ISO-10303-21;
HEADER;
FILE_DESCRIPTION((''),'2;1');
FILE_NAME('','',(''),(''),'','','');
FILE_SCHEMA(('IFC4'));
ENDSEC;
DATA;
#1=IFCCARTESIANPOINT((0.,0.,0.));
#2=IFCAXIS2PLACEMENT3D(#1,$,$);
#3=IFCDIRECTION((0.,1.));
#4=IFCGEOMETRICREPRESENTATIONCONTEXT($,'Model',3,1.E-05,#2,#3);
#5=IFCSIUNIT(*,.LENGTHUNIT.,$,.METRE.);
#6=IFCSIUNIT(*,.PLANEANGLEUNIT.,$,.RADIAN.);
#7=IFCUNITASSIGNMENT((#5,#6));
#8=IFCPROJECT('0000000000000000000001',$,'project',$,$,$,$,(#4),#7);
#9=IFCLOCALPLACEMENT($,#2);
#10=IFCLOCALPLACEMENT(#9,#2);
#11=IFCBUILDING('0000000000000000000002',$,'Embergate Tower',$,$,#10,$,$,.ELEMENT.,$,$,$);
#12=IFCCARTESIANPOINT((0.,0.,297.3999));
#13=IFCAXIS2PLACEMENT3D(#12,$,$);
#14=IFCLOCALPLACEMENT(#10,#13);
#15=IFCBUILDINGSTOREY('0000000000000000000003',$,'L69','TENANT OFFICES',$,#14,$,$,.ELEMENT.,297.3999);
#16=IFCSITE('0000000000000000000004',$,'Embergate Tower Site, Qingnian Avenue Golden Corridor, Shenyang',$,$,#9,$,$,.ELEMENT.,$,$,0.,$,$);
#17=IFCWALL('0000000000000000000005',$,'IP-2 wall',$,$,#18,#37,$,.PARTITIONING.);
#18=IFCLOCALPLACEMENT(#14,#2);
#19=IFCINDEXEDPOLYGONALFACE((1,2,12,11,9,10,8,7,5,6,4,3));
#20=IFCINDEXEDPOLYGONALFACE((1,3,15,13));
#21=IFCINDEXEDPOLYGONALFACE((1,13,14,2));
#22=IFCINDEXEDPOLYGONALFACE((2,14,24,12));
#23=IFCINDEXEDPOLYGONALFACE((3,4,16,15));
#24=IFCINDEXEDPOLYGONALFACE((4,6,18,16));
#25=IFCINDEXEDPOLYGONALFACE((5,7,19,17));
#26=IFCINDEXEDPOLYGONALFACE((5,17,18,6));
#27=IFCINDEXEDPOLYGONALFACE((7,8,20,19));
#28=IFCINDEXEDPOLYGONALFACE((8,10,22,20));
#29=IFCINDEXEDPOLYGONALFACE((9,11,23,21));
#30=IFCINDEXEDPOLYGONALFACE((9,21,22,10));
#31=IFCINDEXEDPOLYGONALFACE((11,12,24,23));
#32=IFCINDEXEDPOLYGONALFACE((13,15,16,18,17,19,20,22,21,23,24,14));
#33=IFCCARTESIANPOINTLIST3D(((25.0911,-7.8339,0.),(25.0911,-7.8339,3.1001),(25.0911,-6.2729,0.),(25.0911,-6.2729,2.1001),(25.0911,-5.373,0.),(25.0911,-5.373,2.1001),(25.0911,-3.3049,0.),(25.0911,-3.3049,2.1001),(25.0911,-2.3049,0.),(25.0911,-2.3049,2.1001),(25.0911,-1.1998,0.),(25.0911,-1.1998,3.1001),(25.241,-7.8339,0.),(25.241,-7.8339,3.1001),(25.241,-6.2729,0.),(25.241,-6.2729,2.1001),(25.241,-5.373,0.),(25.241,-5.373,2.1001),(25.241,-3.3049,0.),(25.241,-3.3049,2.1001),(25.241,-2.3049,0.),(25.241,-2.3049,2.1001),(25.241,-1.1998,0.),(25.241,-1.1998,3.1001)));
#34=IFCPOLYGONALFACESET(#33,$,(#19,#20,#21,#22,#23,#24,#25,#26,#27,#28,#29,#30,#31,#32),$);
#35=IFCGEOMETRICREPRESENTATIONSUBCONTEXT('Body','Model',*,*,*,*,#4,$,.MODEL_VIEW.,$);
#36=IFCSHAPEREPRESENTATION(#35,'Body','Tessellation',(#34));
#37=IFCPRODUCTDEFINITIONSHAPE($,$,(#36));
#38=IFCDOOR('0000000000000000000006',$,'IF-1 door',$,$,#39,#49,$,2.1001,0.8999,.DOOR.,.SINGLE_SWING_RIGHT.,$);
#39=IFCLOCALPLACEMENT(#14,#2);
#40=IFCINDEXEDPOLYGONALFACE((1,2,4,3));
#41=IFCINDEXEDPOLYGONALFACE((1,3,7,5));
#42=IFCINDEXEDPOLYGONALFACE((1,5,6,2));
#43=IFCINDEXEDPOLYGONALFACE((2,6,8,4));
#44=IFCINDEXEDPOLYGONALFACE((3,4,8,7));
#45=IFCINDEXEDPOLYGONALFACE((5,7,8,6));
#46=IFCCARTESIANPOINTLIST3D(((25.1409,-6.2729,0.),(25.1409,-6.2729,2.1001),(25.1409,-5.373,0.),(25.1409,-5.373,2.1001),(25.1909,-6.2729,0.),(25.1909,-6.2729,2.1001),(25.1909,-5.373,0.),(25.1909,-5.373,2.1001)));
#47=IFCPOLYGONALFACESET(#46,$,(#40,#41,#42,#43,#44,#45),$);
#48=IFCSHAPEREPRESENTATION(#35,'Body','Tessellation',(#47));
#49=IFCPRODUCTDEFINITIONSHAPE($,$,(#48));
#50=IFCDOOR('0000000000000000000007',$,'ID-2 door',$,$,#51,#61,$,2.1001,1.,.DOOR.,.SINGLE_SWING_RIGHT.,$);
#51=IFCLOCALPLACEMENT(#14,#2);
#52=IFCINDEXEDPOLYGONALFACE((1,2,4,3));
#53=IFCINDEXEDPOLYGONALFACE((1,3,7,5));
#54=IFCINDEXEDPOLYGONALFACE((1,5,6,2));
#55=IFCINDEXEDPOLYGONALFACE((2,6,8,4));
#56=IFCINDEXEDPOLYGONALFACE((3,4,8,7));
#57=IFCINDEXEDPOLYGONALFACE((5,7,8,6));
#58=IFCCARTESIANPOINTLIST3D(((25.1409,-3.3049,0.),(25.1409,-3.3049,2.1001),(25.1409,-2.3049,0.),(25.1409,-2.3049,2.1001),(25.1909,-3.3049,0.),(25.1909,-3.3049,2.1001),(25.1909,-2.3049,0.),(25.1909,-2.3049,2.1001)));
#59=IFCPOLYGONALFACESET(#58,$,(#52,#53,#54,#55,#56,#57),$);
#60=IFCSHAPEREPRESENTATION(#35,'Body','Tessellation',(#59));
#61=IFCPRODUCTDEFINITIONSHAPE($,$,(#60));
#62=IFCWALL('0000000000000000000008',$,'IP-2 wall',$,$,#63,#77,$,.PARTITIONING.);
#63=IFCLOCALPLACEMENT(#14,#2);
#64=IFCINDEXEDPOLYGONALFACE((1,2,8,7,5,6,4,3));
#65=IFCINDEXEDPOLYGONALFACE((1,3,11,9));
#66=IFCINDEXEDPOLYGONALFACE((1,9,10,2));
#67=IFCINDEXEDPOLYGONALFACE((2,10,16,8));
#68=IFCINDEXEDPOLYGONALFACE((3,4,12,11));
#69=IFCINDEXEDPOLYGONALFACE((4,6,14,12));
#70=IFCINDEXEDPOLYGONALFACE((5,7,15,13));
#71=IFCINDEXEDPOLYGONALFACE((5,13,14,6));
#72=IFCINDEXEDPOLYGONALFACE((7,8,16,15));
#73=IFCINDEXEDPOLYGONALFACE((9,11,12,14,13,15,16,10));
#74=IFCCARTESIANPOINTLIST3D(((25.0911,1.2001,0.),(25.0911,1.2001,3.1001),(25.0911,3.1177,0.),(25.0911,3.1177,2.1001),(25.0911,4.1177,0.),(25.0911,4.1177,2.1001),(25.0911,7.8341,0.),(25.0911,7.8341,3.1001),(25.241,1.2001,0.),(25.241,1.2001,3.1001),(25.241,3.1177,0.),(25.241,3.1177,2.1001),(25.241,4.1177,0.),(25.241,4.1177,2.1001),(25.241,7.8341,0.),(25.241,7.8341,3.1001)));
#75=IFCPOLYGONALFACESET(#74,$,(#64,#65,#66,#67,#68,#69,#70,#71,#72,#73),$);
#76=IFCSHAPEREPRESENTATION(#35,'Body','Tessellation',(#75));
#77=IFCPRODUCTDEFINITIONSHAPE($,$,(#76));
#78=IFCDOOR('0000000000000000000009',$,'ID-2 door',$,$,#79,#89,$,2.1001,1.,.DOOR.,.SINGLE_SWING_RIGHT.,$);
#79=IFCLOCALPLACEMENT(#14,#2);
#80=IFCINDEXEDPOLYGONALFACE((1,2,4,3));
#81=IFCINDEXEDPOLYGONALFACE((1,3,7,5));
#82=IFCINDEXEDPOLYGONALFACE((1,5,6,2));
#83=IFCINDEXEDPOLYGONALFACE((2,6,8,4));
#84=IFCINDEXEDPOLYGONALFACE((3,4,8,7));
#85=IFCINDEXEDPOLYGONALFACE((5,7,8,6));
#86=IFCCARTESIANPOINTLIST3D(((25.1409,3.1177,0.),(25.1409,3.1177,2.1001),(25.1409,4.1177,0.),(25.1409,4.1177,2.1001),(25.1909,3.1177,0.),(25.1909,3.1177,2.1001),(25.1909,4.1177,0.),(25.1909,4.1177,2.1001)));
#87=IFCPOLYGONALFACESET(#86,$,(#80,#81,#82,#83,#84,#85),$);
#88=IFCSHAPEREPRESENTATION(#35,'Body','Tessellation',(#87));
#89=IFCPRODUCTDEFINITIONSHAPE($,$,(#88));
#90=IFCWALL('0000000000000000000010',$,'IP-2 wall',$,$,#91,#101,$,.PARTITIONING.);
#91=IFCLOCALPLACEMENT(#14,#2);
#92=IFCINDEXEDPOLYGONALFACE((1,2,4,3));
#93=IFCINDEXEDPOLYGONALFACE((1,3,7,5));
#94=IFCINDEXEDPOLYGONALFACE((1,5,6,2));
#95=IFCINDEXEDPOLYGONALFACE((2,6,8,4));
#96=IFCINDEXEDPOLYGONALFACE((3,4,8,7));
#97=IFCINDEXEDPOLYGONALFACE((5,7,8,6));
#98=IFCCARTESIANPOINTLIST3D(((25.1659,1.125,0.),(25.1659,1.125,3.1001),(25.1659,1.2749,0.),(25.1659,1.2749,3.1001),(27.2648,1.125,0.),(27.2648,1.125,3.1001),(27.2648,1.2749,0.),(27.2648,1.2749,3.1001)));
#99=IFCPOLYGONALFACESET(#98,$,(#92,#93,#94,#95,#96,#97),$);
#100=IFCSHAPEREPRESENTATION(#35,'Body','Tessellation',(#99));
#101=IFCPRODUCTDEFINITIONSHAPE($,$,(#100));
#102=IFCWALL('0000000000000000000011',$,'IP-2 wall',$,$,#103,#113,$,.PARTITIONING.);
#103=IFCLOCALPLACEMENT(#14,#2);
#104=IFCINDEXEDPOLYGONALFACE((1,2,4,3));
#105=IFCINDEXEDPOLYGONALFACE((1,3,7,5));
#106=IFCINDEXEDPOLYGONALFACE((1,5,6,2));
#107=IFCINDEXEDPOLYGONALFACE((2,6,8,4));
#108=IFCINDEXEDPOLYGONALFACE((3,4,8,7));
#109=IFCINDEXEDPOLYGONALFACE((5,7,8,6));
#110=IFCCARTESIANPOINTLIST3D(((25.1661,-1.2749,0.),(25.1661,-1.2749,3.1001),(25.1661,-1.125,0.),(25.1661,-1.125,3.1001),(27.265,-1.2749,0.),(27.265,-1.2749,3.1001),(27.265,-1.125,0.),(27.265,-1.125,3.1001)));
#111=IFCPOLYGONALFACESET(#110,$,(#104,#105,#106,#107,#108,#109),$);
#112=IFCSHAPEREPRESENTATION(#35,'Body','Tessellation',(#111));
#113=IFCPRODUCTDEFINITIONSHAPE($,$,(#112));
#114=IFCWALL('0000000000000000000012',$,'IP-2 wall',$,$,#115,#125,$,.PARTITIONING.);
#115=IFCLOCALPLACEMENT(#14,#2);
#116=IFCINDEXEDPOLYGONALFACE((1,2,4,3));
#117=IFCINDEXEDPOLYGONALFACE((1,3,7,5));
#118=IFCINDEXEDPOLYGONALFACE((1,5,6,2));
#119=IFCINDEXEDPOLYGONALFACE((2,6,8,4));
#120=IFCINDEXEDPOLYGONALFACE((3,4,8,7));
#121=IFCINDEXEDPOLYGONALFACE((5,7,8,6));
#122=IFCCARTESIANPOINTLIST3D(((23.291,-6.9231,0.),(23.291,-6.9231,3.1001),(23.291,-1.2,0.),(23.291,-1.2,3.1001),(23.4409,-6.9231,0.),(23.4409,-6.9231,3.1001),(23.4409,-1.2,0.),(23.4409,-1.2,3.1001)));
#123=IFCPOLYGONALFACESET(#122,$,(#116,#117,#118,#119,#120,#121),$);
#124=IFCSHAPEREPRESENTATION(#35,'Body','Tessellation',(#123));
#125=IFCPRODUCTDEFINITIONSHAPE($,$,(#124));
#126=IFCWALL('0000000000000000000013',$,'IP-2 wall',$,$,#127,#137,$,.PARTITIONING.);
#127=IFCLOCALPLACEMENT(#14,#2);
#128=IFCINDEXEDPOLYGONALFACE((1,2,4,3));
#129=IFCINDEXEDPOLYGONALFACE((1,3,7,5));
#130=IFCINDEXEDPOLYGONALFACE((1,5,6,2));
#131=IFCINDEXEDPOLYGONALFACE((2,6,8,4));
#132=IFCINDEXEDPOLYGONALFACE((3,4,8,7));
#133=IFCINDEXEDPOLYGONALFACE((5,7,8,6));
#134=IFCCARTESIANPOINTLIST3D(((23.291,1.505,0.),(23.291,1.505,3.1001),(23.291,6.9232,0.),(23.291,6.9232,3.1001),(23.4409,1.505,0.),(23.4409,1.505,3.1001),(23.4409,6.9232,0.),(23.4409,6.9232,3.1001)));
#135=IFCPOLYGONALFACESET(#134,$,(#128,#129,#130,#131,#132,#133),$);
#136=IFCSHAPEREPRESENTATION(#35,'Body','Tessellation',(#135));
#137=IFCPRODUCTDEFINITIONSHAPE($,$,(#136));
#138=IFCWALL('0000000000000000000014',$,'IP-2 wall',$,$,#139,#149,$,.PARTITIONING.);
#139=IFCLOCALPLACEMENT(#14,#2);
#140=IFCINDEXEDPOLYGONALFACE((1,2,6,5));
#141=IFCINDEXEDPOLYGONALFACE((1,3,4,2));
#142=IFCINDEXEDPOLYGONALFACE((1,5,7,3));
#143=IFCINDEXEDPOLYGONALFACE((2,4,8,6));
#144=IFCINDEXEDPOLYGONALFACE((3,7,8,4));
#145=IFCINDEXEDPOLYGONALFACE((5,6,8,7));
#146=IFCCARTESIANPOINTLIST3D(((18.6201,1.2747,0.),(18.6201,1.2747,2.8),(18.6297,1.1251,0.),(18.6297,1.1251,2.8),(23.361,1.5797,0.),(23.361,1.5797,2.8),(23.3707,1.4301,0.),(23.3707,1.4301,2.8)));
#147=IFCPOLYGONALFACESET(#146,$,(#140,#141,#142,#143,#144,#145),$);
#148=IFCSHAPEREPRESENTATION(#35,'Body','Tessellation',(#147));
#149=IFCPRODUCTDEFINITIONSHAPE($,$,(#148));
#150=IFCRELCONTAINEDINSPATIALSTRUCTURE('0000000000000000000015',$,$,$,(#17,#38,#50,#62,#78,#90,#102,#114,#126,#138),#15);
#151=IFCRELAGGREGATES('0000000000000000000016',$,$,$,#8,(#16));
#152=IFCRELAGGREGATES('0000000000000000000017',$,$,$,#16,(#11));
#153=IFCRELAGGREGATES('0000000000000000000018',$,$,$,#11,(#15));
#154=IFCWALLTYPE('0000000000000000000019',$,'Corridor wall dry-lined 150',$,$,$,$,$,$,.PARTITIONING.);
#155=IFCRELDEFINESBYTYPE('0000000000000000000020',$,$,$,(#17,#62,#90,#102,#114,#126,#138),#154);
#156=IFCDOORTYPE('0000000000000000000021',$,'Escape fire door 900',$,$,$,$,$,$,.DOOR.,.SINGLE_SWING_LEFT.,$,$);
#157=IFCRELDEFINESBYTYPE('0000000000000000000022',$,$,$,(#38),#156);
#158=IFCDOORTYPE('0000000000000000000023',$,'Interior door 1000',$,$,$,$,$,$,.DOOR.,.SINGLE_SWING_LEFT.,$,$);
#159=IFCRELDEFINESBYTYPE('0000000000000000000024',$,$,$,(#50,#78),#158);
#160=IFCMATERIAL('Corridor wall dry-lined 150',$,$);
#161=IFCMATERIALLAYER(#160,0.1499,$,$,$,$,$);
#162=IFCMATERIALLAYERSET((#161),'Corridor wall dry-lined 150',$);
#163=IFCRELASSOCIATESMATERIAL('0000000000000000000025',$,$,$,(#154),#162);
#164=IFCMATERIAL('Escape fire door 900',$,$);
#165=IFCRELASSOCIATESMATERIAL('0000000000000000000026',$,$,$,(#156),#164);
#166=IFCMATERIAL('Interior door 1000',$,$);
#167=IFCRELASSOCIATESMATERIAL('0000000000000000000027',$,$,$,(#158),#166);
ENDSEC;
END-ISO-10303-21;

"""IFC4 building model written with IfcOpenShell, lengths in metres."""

from ifc_helpers import new_model, si_unit, direction, frame, frame_2d, origin, place, context, subcontext, project, spatial, rectangle, extrude, source, transform, mapped, material, layer, layer_set, type_object, element, fill, save


model = new_model("IFC4")

# Units and contexts
model_context = context("Model", 3, precision=1e-05, world=origin(), true_north=direction((0.0, 1.0)))
body_context = subcontext(model_context, "Body", "Model", "MODEL_VIEW")
ifc_project = project(units=[si_unit("LENGTHUNIT", "METRE"), si_unit("PLANEANGLEUNIT", "RADIAN")], contexts=[model_context])

# Site, building, storey
site_placement = place(None, origin())
site = spatial("IfcSite", under=ifc_project, at=site_placement, Name="Embergate Tower Site, Qingnian Avenue Golden Corridor, Shenyang", CompositionType="ELEMENT", RefElevation=0.0)
building_placement = place(site_placement, origin())
building = spatial("IfcBuilding", under=site, at=building_placement, Name="Embergate Tower", CompositionType="ELEMENT")
storey_placement = place(building_placement, frame((0.0, 0.0, 297.3999)))
storey = spatial("IfcBuildingStorey", under=building, at=storey_placement, Name="L69", Description="TENANT OFFICES", CompositionType="ELEMENT", Elevation=297.3999)

# Shared definitions
ifc_material_1 = material(Name="Corridor wall dry-lined 150")
ifc_layer_1 = layer(ifc_material_1, 0.1499)
ifc_layer_set_1 = layer_set([ifc_layer_1], Name="Corridor wall dry-lined 150")
wall_type_1 = type_object("IfcWallType", Name="Corridor wall dry-lined 150", PredefinedType="PARTITIONING", material=ifc_layer_set_1)

# Wall, openings, doors
shared_shape_1 = source(origin(), body_context, "Body", "SweptSolid", [
    extrude(rectangle(XDim=0.8999, YDim=2.1001, at=frame_2d((0.45, 1.05))), frame((0.0, 0.085, 0.0), z_axis=(0.0, -1.0, 0.0), x_axis=(1.0, 0.0, 0.0)), (0.0, 0.0, 1.0), 0.1699),
])
ifc_material_2 = material(Name="Escape fire door 900")
door_type_1 = type_object("IfcDoorType", Name="Escape fire door 900", OperationType="SINGLE_SWING_LEFT", PredefinedType="DOOR", material=ifc_material_2)
shared_shape_2 = source(origin(), body_context, "Body", "SweptSolid", [
    extrude(rectangle(XDim=0.8999, YDim=2.1001, at=frame_2d((0.45, 1.05))), frame((0.0, 0.0249, 0.0), z_axis=(0.0, -1.0, 0.0), x_axis=(1.0, 0.0, 0.0)), (0.0, 0.0, 1.0), 0.05),
])
shared_shape_3 = source(origin(), body_context, "Body", "SweptSolid", [
    extrude(rectangle(XDim=6.634, YDim=0.1499, at=frame_2d((3.3169, 0.0))), origin(), (0.0, 0.0, 1.0), 3.1001),
])
wall_1_placement = place(storey_placement, frame((25.166, -1.2, 0.0), z_axis=(0.0, 0.0, 1.0), x_axis=(0.0, -1.0, 0.0)))
wall_1 = element("IfcWall", 1, at=wall_1_placement, inside=storey, type_object=wall_type_1, Name="IP-2 wall", PredefinedType="PARTITIONING", context=body_context, shape_type="MappedRepresentation", body=[
    mapped(shared_shape_3, transform((0.0, 0.0, 0.0))),
])
opening_1_placement = place(wall_1_placement, frame((4.1731, 0.0, 0.0)))
opening_1 = element("IfcOpeningElement", 2, at=opening_1_placement, cuts=wall_1, PredefinedType="OPENING", context=body_context, shape_type="MappedRepresentation", body=[
    mapped(shared_shape_1, transform((0.0, 0.0, 0.0))),
])
shared_shape_4 = source(origin(), body_context, "Body", "SweptSolid", [
    extrude(rectangle(XDim=1.0, YDim=2.1001, at=frame_2d((0.5, 1.05))), frame((0.0, 0.085, 0.0), z_axis=(0.0, -1.0, 0.0), x_axis=(1.0, 0.0, 0.0)), (0.0, 0.0, 1.0), 0.1699),
])
opening_2_placement = place(wall_1_placement, frame((1.105, 0.0, 0.0)))
opening_2 = element("IfcOpeningElement", 3, at=opening_2_placement, cuts=wall_1, PredefinedType="OPENING", context=body_context, shape_type="MappedRepresentation", body=[
    mapped(shared_shape_4, transform((0.0, 0.0, 0.0))),
])
door_1_placement = place(opening_1_placement, origin())
door_1 = element("IfcDoor", 4, at=door_1_placement, inside=storey, type_object=door_type_1, Name="IF-1 door", OperationType="SINGLE_SWING_RIGHT", OverallHeight=2.1001, OverallWidth=0.8999, PredefinedType="DOOR", context=body_context, shape_type="MappedRepresentation", body=[
    mapped(shared_shape_2, transform((0.0, 0.0, 0.0))),
])
fill(opening_1, door_1)
ifc_material_3 = material(Name="Interior door 1000")
door_type_2 = type_object("IfcDoorType", Name="Interior door 1000", OperationType="SINGLE_SWING_LEFT", PredefinedType="DOOR", material=ifc_material_3)
shared_shape_5 = source(origin(), body_context, "Body", "SweptSolid", [
    extrude(rectangle(XDim=1.0, YDim=2.1001, at=frame_2d((0.5, 1.05))), frame((0.0, 0.0249, 0.0), z_axis=(0.0, -1.0, 0.0), x_axis=(1.0, 0.0, 0.0)), (0.0, 0.0, 1.0), 0.05),
])
door_2_placement = place(opening_2_placement, origin())
door_2 = element("IfcDoor", 5, at=door_2_placement, inside=storey, type_object=door_type_2, Name="ID-2 door", OperationType="SINGLE_SWING_RIGHT", OverallHeight=2.1001, OverallWidth=1.0, PredefinedType="DOOR", context=body_context, shape_type="MappedRepresentation", body=[
    mapped(shared_shape_5, transform((0.0, 0.0, 0.0))),
])
fill(opening_2, door_2)

# Wall, opening, door
wall_2_placement = place(storey_placement, frame((25.166, 7.834, 0.0), z_axis=(0.0, 0.0, 1.0), x_axis=(0.0, -1.0, 0.0)))
wall_2 = element("IfcWall", 6, at=wall_2_placement, inside=storey, type_object=wall_type_1, Name="IP-2 wall", PredefinedType="PARTITIONING", context=body_context, shape_type="MappedRepresentation", body=[
    mapped(shared_shape_3, transform((0.0, 0.0, 0.0))),
])
opening_3_placement = place(wall_2_placement, frame((3.7163, 0.0, 0.0)))
opening_3 = element("IfcOpeningElement", 7, at=opening_3_placement, cuts=wall_2, PredefinedType="OPENING", context=body_context, shape_type="MappedRepresentation", body=[
    mapped(shared_shape_4, transform((0.0, 0.0, 0.0))),
])
door_3_placement = place(opening_3_placement, origin())
door_3 = element("IfcDoor", 8, at=door_3_placement, inside=storey, type_object=door_type_2, Name="ID-2 door", OperationType="SINGLE_SWING_RIGHT", OverallHeight=2.1001, OverallWidth=1.0, PredefinedType="DOOR", context=body_context, shape_type="MappedRepresentation", body=[
    mapped(shared_shape_5, transform((0.0, 0.0, 0.0))),
])
fill(opening_3, door_3)

# Walls
shared_shape_6 = source(origin(), body_context, "Body", "SweptSolid", [
    extrude(rectangle(XDim=2.0989, YDim=0.1499, at=frame_2d((1.0493, 0.0))), origin(), (0.0, 0.0, 1.0), 3.1001),
])
for number, where, z_axis, x_axis, name in (
    (9, (25.166, 1.2, 0.0), (0.0, 0.0, 1.0), (1.0, 0.0, 0.0), "IP-2 wall"),
    (10, (27.2649, -1.2, 0.0), (0.0, 0.0, 1.0), (-1.0, 0.0, 0.0), "IP-2 wall"),
):
    element("IfcWall", number, at=place(storey_placement, frame(where, z_axis=z_axis, x_axis=x_axis)), inside=storey, type_object=wall_type_1, Name=name, PredefinedType="PARTITIONING", context=body_context, shape_type="MappedRepresentation", body=[
        mapped(shared_shape_6, transform((0.0, 0.0, 0.0))),
    ])
shared_shape_7 = source(origin(), body_context, "Body", "SweptSolid", [
    extrude(rectangle(XDim=5.7231, YDim=0.1499, at=frame_2d((2.8616, 0.0))), origin(), (0.0, 0.0, 1.0), 3.1001),
])
wall_3_placement = place(storey_placement, frame((23.366, -1.2, 0.0), z_axis=(0.0, 0.0, 1.0), x_axis=(0.0, -1.0, 0.0)))
element("IfcWall", 11, at=wall_3_placement, inside=storey, type_object=wall_type_1, Name="IP-2 wall", PredefinedType="PARTITIONING", context=body_context, shape_type="MappedRepresentation", body=[
    mapped(shared_shape_7, transform((0.0, 0.0, 0.0))),
])
shared_shape_8 = source(origin(), body_context, "Body", "SweptSolid", [
    extrude(rectangle(XDim=5.4182, YDim=0.1499, at=frame_2d((2.709, 0.0))), origin(), (0.0, 0.0, 1.0), 3.1001),
])
wall_4_placement = place(storey_placement, frame((23.366, 6.9231, 0.0), z_axis=(0.0, 0.0, 1.0), x_axis=(0.0, -1.0, 0.0)))
element("IfcWall", 12, at=wall_4_placement, inside=storey, type_object=wall_type_1, Name="IP-2 wall", PredefinedType="PARTITIONING", context=body_context, shape_type="MappedRepresentation", body=[
    mapped(shared_shape_8, transform((0.0, 0.0, 0.0))),
])
shared_shape_9 = source(origin(), body_context, "Body", "SweptSolid", [
    extrude(rectangle(XDim=4.7507, YDim=0.1499, at=frame_2d((2.3755, 0.0))), origin(), (0.0, 0.0, 1.0), 2.8),
])
wall_5_placement = place(storey_placement, frame((23.366, 1.5049, 0.0), z_axis=(0.0, 0.0, 1.0), x_axis=(-0.997938, -0.064186, 0.0)))
element("IfcWall", 13, at=wall_5_placement, inside=storey, type_object=wall_type_1, Name="IP-2 wall", PredefinedType="PARTITIONING", context=body_context, shape_type="MappedRepresentation", body=[
    mapped(shared_shape_9, transform((0.0, 0.0, 0.0))),
])

save(model, "model.ifc")
